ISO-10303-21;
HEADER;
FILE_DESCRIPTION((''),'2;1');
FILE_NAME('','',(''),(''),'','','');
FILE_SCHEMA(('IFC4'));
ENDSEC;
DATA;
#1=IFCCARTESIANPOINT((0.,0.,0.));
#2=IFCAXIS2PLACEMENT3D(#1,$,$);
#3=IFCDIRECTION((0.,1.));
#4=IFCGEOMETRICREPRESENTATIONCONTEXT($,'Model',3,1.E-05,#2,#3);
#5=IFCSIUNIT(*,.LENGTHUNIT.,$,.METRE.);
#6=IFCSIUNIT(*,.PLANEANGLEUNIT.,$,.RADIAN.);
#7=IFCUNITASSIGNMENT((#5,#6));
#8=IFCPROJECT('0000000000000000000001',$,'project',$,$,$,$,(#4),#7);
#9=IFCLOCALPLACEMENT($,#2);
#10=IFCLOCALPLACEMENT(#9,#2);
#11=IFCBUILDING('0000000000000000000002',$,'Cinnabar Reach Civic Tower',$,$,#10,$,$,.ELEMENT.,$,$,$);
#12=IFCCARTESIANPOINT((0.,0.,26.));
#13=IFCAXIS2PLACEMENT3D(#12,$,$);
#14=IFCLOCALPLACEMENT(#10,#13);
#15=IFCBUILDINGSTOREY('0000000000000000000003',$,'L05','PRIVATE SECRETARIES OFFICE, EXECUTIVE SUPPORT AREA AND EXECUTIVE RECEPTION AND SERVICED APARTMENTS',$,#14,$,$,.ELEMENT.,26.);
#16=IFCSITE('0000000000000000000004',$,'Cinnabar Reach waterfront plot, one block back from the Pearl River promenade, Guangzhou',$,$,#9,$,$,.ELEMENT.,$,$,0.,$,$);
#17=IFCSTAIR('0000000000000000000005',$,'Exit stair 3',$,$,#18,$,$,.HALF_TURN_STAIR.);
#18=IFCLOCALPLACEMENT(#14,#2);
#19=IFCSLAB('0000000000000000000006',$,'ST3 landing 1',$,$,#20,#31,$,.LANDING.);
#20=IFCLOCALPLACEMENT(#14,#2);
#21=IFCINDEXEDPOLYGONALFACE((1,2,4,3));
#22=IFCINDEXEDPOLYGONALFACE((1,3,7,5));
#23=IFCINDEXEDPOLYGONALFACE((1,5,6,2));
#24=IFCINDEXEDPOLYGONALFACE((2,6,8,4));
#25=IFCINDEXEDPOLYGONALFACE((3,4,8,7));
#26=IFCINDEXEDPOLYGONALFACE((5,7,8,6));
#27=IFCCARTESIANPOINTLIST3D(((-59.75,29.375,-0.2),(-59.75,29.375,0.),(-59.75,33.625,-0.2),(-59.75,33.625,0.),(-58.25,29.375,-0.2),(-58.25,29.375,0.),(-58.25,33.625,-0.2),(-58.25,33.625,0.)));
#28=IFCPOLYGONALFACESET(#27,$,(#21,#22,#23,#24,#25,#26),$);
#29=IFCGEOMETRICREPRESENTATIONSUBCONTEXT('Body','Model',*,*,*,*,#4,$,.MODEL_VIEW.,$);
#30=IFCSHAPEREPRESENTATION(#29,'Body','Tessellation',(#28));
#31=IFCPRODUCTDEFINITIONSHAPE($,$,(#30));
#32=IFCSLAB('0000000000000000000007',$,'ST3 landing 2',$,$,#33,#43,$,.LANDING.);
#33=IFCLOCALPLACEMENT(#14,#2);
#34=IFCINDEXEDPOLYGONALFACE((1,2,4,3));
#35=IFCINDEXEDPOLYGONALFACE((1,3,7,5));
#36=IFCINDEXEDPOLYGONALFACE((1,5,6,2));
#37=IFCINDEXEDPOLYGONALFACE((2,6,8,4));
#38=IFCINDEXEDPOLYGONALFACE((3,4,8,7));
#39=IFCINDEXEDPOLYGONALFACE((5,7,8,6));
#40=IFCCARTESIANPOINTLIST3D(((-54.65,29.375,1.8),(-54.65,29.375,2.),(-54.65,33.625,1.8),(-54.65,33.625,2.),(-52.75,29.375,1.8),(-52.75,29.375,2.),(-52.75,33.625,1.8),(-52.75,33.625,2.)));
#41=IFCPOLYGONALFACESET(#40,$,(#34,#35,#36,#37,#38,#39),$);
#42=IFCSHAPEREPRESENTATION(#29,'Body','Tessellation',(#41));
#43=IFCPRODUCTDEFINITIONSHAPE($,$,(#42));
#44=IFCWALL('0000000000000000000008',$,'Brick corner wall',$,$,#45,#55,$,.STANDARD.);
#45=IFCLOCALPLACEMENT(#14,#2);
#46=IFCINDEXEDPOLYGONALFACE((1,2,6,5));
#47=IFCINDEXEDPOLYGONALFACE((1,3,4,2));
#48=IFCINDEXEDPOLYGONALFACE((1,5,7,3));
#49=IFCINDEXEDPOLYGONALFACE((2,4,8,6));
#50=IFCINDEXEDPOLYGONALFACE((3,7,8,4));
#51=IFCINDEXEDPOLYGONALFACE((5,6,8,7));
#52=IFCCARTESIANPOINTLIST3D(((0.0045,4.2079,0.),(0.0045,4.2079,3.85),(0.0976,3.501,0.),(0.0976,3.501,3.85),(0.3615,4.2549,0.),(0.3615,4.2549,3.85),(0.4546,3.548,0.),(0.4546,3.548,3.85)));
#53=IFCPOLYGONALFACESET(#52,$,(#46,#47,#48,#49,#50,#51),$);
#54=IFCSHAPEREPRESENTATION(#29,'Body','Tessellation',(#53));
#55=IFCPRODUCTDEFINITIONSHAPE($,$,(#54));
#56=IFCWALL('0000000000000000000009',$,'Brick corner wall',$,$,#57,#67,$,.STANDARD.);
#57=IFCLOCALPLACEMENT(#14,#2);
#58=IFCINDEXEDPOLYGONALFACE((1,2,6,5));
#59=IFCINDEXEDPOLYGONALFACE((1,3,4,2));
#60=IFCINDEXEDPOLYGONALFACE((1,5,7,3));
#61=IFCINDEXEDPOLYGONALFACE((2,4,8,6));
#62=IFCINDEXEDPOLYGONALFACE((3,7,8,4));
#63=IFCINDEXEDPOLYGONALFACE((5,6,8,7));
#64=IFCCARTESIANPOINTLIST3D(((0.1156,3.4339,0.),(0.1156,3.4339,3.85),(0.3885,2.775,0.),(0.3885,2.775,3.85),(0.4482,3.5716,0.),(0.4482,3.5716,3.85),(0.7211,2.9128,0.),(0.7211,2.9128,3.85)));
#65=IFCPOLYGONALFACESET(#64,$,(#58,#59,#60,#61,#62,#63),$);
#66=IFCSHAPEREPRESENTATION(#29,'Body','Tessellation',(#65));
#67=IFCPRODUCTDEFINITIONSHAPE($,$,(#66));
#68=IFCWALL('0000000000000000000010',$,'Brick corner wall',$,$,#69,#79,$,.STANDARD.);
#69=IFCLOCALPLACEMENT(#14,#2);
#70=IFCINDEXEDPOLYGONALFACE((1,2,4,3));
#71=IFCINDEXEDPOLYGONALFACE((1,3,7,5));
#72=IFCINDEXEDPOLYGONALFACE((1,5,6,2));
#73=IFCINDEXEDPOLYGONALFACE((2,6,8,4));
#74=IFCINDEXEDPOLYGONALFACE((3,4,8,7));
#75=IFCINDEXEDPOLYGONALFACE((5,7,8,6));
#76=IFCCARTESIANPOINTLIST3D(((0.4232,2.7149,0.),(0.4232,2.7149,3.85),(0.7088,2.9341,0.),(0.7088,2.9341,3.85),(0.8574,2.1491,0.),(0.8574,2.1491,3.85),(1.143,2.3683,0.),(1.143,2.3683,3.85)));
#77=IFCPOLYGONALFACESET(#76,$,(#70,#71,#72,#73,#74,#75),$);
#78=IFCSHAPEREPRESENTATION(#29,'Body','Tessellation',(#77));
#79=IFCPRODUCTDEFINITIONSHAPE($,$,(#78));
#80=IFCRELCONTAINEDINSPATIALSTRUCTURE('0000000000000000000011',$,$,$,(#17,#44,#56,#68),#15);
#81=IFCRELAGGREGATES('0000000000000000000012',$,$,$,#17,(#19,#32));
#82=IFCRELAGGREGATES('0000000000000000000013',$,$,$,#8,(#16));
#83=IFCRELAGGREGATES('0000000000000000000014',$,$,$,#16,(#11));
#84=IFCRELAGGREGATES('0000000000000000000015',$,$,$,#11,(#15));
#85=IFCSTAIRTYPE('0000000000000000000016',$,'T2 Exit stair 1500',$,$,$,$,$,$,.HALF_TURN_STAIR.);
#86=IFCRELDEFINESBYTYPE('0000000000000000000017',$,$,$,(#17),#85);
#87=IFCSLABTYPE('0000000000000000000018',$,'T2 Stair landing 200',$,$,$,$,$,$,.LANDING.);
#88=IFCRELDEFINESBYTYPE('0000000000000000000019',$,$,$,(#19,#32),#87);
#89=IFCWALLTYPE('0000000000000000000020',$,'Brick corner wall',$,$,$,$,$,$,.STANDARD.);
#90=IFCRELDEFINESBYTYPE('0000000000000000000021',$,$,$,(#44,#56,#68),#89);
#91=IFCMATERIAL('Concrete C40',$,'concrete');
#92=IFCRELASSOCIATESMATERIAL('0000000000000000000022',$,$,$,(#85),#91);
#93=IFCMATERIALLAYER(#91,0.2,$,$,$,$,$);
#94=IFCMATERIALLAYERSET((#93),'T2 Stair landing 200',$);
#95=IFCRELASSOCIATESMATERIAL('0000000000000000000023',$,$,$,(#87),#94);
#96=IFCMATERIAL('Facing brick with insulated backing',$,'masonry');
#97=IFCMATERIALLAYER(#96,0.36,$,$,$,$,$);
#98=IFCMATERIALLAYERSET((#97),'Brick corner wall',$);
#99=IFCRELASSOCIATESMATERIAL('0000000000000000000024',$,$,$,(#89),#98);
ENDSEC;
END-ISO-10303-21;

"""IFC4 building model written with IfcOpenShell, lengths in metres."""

from ifc_helpers import new_model, si_unit, direction, frame, frame_2d, origin, place, context, subcontext, project, spatial, polyline, rectangle, outline, extrude, material, layer, layer_set, type_object, element, aggregate, save


model = new_model("IFC4")

# Units and contexts
model_context = context("Model", 3, precision=1e-05, world=origin(), true_north=direction((0.0, 1.0)))
body_context = subcontext(model_context, "Body", "Model", "MODEL_VIEW")
ifc_project = project(units=[si_unit("LENGTHUNIT", "METRE"), si_unit("PLANEANGLEUNIT", "RADIAN")], contexts=[model_context])

# Site, building, storey
site_placement = place(None, origin())
site = spatial("IfcSite", under=ifc_project, at=site_placement, Name="Cinnabar Reach waterfront plot, one block back from the Pearl River promenade, Guangzhou", CompositionType="ELEMENT", RefElevation=0.0)
building_placement = place(site_placement, origin())
building = spatial("IfcBuilding", under=site, at=building_placement, Name="Cinnabar Reach Civic Tower", CompositionType="ELEMENT")
storey_placement = place(building_placement, frame((0.0, 0.0, 26.0)))
storey = spatial("IfcBuildingStorey", under=building, at=storey_placement, Name="L05", Description="PRIVATE SECRETARIES OFFICE, EXECUTIVE SUPPORT AREA AND EXECUTIVE RECEPTION AND SERVICED APARTMENTS", CompositionType="ELEMENT", Elevation=26.0)

# Shared definitions
ifc_material_1 = material(Name="Concrete C40", Category="concrete")

# Stair, slabs
stair_type_1 = type_object("IfcStairType", Name="T2 Exit stair 1500", PredefinedType="HALF_TURN_STAIR", material=ifc_material_1)
ifc_layer_1 = layer(ifc_material_1, 0.2)
ifc_layer_set_1 = layer_set([ifc_layer_1], Name="T2 Stair landing 200")
slab_type_1 = type_object("IfcSlabType", Name="T2 Stair landing 200", PredefinedType="LANDING", material=ifc_layer_set_1)
stair_1_placement = place(storey_placement, origin())
stair_1 = element("IfcStair", 1, at=stair_1_placement, inside=storey, type_object=stair_type_1, Name="Exit stair 3", PredefinedType="HALF_TURN_STAIR")
slab_1_placement = place(storey_placement, frame((0.0, 0.0, -0.2)))
slab_1 = element("IfcSlab", 2, at=slab_1_placement, type_object=slab_type_1, Name="ST3 landing 1", PredefinedType="LANDING", context=body_context, shape_type="SweptSolid", body=[
    extrude(outline(polyline([(-59.75, 29.375), (-59.75, 33.625), (-58.25, 33.625), (-58.25, 29.375), (-59.75, 29.375)])), origin(), (0.0, 0.0, 1.0), 0.2),
])
slab_2_placement = place(storey_placement, frame((0.0, 0.0, 1.8)))
slab_2 = element("IfcSlab", 3, at=slab_2_placement, type_object=slab_type_1, Name="ST3 landing 2", PredefinedType="LANDING", context=body_context, shape_type="SweptSolid", body=[
    extrude(outline(polyline([(-54.65, 29.375), (-54.65, 33.625), (-52.75, 33.625), (-52.75, 29.375), (-54.65, 29.375)])), origin(), (0.0, 0.0, 1.0), 0.2),
])
aggregate(stair_1, [slab_1, slab_2])

# Walls
ifc_material_2 = material(Name="Facing brick with insulated backing", Category="masonry")
ifc_layer_2 = layer(ifc_material_2, 0.36)
ifc_layer_set_2 = layer_set([ifc_layer_2], Name="Brick corner wall")
wall_type = type_object("IfcWallType", Name="Brick corner wall", PredefinedType="STANDARD", material=ifc_layer_set_2)
for number, where, z_axis, x_axis, name in (
    (4, (0.183, 4.2314, 0.0), (0.0, 0.0, 1.0), (0.130556, -0.991441, 0.0), "Brick corner wall"),
    (5, (0.2819, 3.5027, 0.0), (0.0, 0.0, 1.0), (0.382703, -0.923872, 0.0), "Brick corner wall"),
):
    element("IfcWall", number, at=place(storey_placement, frame(where, z_axis=z_axis, x_axis=x_axis)), inside=storey, type_object=wall_type, Name=name, PredefinedType="STANDARD", context=body_context, shape_type="SweptSolid", body=[
        extrude(rectangle(XDim=0.7131, YDim=0.36, at=frame_2d((0.3565, 0.0))), origin(), (0.0, 0.0, 1.0), 3.85),
    ])
wall_placement = place(storey_placement, frame((0.566, 2.8245, 0.0), z_axis=(0.0, 0.0, 1.0), x_axis=(0.608802, -0.793322, 0.0)))
element("IfcWall", 6, at=wall_placement, inside=storey, type_object=wall_type, Name="Brick corner wall", PredefinedType="STANDARD", context=body_context, shape_type="SweptSolid", body=[
    extrude(rectangle(XDim=0.7132, YDim=0.36, at=frame_2d((0.3566, 0.0))), origin(), (0.0, 0.0, 1.0), 3.85),
])

save(model, "model.ifc")
